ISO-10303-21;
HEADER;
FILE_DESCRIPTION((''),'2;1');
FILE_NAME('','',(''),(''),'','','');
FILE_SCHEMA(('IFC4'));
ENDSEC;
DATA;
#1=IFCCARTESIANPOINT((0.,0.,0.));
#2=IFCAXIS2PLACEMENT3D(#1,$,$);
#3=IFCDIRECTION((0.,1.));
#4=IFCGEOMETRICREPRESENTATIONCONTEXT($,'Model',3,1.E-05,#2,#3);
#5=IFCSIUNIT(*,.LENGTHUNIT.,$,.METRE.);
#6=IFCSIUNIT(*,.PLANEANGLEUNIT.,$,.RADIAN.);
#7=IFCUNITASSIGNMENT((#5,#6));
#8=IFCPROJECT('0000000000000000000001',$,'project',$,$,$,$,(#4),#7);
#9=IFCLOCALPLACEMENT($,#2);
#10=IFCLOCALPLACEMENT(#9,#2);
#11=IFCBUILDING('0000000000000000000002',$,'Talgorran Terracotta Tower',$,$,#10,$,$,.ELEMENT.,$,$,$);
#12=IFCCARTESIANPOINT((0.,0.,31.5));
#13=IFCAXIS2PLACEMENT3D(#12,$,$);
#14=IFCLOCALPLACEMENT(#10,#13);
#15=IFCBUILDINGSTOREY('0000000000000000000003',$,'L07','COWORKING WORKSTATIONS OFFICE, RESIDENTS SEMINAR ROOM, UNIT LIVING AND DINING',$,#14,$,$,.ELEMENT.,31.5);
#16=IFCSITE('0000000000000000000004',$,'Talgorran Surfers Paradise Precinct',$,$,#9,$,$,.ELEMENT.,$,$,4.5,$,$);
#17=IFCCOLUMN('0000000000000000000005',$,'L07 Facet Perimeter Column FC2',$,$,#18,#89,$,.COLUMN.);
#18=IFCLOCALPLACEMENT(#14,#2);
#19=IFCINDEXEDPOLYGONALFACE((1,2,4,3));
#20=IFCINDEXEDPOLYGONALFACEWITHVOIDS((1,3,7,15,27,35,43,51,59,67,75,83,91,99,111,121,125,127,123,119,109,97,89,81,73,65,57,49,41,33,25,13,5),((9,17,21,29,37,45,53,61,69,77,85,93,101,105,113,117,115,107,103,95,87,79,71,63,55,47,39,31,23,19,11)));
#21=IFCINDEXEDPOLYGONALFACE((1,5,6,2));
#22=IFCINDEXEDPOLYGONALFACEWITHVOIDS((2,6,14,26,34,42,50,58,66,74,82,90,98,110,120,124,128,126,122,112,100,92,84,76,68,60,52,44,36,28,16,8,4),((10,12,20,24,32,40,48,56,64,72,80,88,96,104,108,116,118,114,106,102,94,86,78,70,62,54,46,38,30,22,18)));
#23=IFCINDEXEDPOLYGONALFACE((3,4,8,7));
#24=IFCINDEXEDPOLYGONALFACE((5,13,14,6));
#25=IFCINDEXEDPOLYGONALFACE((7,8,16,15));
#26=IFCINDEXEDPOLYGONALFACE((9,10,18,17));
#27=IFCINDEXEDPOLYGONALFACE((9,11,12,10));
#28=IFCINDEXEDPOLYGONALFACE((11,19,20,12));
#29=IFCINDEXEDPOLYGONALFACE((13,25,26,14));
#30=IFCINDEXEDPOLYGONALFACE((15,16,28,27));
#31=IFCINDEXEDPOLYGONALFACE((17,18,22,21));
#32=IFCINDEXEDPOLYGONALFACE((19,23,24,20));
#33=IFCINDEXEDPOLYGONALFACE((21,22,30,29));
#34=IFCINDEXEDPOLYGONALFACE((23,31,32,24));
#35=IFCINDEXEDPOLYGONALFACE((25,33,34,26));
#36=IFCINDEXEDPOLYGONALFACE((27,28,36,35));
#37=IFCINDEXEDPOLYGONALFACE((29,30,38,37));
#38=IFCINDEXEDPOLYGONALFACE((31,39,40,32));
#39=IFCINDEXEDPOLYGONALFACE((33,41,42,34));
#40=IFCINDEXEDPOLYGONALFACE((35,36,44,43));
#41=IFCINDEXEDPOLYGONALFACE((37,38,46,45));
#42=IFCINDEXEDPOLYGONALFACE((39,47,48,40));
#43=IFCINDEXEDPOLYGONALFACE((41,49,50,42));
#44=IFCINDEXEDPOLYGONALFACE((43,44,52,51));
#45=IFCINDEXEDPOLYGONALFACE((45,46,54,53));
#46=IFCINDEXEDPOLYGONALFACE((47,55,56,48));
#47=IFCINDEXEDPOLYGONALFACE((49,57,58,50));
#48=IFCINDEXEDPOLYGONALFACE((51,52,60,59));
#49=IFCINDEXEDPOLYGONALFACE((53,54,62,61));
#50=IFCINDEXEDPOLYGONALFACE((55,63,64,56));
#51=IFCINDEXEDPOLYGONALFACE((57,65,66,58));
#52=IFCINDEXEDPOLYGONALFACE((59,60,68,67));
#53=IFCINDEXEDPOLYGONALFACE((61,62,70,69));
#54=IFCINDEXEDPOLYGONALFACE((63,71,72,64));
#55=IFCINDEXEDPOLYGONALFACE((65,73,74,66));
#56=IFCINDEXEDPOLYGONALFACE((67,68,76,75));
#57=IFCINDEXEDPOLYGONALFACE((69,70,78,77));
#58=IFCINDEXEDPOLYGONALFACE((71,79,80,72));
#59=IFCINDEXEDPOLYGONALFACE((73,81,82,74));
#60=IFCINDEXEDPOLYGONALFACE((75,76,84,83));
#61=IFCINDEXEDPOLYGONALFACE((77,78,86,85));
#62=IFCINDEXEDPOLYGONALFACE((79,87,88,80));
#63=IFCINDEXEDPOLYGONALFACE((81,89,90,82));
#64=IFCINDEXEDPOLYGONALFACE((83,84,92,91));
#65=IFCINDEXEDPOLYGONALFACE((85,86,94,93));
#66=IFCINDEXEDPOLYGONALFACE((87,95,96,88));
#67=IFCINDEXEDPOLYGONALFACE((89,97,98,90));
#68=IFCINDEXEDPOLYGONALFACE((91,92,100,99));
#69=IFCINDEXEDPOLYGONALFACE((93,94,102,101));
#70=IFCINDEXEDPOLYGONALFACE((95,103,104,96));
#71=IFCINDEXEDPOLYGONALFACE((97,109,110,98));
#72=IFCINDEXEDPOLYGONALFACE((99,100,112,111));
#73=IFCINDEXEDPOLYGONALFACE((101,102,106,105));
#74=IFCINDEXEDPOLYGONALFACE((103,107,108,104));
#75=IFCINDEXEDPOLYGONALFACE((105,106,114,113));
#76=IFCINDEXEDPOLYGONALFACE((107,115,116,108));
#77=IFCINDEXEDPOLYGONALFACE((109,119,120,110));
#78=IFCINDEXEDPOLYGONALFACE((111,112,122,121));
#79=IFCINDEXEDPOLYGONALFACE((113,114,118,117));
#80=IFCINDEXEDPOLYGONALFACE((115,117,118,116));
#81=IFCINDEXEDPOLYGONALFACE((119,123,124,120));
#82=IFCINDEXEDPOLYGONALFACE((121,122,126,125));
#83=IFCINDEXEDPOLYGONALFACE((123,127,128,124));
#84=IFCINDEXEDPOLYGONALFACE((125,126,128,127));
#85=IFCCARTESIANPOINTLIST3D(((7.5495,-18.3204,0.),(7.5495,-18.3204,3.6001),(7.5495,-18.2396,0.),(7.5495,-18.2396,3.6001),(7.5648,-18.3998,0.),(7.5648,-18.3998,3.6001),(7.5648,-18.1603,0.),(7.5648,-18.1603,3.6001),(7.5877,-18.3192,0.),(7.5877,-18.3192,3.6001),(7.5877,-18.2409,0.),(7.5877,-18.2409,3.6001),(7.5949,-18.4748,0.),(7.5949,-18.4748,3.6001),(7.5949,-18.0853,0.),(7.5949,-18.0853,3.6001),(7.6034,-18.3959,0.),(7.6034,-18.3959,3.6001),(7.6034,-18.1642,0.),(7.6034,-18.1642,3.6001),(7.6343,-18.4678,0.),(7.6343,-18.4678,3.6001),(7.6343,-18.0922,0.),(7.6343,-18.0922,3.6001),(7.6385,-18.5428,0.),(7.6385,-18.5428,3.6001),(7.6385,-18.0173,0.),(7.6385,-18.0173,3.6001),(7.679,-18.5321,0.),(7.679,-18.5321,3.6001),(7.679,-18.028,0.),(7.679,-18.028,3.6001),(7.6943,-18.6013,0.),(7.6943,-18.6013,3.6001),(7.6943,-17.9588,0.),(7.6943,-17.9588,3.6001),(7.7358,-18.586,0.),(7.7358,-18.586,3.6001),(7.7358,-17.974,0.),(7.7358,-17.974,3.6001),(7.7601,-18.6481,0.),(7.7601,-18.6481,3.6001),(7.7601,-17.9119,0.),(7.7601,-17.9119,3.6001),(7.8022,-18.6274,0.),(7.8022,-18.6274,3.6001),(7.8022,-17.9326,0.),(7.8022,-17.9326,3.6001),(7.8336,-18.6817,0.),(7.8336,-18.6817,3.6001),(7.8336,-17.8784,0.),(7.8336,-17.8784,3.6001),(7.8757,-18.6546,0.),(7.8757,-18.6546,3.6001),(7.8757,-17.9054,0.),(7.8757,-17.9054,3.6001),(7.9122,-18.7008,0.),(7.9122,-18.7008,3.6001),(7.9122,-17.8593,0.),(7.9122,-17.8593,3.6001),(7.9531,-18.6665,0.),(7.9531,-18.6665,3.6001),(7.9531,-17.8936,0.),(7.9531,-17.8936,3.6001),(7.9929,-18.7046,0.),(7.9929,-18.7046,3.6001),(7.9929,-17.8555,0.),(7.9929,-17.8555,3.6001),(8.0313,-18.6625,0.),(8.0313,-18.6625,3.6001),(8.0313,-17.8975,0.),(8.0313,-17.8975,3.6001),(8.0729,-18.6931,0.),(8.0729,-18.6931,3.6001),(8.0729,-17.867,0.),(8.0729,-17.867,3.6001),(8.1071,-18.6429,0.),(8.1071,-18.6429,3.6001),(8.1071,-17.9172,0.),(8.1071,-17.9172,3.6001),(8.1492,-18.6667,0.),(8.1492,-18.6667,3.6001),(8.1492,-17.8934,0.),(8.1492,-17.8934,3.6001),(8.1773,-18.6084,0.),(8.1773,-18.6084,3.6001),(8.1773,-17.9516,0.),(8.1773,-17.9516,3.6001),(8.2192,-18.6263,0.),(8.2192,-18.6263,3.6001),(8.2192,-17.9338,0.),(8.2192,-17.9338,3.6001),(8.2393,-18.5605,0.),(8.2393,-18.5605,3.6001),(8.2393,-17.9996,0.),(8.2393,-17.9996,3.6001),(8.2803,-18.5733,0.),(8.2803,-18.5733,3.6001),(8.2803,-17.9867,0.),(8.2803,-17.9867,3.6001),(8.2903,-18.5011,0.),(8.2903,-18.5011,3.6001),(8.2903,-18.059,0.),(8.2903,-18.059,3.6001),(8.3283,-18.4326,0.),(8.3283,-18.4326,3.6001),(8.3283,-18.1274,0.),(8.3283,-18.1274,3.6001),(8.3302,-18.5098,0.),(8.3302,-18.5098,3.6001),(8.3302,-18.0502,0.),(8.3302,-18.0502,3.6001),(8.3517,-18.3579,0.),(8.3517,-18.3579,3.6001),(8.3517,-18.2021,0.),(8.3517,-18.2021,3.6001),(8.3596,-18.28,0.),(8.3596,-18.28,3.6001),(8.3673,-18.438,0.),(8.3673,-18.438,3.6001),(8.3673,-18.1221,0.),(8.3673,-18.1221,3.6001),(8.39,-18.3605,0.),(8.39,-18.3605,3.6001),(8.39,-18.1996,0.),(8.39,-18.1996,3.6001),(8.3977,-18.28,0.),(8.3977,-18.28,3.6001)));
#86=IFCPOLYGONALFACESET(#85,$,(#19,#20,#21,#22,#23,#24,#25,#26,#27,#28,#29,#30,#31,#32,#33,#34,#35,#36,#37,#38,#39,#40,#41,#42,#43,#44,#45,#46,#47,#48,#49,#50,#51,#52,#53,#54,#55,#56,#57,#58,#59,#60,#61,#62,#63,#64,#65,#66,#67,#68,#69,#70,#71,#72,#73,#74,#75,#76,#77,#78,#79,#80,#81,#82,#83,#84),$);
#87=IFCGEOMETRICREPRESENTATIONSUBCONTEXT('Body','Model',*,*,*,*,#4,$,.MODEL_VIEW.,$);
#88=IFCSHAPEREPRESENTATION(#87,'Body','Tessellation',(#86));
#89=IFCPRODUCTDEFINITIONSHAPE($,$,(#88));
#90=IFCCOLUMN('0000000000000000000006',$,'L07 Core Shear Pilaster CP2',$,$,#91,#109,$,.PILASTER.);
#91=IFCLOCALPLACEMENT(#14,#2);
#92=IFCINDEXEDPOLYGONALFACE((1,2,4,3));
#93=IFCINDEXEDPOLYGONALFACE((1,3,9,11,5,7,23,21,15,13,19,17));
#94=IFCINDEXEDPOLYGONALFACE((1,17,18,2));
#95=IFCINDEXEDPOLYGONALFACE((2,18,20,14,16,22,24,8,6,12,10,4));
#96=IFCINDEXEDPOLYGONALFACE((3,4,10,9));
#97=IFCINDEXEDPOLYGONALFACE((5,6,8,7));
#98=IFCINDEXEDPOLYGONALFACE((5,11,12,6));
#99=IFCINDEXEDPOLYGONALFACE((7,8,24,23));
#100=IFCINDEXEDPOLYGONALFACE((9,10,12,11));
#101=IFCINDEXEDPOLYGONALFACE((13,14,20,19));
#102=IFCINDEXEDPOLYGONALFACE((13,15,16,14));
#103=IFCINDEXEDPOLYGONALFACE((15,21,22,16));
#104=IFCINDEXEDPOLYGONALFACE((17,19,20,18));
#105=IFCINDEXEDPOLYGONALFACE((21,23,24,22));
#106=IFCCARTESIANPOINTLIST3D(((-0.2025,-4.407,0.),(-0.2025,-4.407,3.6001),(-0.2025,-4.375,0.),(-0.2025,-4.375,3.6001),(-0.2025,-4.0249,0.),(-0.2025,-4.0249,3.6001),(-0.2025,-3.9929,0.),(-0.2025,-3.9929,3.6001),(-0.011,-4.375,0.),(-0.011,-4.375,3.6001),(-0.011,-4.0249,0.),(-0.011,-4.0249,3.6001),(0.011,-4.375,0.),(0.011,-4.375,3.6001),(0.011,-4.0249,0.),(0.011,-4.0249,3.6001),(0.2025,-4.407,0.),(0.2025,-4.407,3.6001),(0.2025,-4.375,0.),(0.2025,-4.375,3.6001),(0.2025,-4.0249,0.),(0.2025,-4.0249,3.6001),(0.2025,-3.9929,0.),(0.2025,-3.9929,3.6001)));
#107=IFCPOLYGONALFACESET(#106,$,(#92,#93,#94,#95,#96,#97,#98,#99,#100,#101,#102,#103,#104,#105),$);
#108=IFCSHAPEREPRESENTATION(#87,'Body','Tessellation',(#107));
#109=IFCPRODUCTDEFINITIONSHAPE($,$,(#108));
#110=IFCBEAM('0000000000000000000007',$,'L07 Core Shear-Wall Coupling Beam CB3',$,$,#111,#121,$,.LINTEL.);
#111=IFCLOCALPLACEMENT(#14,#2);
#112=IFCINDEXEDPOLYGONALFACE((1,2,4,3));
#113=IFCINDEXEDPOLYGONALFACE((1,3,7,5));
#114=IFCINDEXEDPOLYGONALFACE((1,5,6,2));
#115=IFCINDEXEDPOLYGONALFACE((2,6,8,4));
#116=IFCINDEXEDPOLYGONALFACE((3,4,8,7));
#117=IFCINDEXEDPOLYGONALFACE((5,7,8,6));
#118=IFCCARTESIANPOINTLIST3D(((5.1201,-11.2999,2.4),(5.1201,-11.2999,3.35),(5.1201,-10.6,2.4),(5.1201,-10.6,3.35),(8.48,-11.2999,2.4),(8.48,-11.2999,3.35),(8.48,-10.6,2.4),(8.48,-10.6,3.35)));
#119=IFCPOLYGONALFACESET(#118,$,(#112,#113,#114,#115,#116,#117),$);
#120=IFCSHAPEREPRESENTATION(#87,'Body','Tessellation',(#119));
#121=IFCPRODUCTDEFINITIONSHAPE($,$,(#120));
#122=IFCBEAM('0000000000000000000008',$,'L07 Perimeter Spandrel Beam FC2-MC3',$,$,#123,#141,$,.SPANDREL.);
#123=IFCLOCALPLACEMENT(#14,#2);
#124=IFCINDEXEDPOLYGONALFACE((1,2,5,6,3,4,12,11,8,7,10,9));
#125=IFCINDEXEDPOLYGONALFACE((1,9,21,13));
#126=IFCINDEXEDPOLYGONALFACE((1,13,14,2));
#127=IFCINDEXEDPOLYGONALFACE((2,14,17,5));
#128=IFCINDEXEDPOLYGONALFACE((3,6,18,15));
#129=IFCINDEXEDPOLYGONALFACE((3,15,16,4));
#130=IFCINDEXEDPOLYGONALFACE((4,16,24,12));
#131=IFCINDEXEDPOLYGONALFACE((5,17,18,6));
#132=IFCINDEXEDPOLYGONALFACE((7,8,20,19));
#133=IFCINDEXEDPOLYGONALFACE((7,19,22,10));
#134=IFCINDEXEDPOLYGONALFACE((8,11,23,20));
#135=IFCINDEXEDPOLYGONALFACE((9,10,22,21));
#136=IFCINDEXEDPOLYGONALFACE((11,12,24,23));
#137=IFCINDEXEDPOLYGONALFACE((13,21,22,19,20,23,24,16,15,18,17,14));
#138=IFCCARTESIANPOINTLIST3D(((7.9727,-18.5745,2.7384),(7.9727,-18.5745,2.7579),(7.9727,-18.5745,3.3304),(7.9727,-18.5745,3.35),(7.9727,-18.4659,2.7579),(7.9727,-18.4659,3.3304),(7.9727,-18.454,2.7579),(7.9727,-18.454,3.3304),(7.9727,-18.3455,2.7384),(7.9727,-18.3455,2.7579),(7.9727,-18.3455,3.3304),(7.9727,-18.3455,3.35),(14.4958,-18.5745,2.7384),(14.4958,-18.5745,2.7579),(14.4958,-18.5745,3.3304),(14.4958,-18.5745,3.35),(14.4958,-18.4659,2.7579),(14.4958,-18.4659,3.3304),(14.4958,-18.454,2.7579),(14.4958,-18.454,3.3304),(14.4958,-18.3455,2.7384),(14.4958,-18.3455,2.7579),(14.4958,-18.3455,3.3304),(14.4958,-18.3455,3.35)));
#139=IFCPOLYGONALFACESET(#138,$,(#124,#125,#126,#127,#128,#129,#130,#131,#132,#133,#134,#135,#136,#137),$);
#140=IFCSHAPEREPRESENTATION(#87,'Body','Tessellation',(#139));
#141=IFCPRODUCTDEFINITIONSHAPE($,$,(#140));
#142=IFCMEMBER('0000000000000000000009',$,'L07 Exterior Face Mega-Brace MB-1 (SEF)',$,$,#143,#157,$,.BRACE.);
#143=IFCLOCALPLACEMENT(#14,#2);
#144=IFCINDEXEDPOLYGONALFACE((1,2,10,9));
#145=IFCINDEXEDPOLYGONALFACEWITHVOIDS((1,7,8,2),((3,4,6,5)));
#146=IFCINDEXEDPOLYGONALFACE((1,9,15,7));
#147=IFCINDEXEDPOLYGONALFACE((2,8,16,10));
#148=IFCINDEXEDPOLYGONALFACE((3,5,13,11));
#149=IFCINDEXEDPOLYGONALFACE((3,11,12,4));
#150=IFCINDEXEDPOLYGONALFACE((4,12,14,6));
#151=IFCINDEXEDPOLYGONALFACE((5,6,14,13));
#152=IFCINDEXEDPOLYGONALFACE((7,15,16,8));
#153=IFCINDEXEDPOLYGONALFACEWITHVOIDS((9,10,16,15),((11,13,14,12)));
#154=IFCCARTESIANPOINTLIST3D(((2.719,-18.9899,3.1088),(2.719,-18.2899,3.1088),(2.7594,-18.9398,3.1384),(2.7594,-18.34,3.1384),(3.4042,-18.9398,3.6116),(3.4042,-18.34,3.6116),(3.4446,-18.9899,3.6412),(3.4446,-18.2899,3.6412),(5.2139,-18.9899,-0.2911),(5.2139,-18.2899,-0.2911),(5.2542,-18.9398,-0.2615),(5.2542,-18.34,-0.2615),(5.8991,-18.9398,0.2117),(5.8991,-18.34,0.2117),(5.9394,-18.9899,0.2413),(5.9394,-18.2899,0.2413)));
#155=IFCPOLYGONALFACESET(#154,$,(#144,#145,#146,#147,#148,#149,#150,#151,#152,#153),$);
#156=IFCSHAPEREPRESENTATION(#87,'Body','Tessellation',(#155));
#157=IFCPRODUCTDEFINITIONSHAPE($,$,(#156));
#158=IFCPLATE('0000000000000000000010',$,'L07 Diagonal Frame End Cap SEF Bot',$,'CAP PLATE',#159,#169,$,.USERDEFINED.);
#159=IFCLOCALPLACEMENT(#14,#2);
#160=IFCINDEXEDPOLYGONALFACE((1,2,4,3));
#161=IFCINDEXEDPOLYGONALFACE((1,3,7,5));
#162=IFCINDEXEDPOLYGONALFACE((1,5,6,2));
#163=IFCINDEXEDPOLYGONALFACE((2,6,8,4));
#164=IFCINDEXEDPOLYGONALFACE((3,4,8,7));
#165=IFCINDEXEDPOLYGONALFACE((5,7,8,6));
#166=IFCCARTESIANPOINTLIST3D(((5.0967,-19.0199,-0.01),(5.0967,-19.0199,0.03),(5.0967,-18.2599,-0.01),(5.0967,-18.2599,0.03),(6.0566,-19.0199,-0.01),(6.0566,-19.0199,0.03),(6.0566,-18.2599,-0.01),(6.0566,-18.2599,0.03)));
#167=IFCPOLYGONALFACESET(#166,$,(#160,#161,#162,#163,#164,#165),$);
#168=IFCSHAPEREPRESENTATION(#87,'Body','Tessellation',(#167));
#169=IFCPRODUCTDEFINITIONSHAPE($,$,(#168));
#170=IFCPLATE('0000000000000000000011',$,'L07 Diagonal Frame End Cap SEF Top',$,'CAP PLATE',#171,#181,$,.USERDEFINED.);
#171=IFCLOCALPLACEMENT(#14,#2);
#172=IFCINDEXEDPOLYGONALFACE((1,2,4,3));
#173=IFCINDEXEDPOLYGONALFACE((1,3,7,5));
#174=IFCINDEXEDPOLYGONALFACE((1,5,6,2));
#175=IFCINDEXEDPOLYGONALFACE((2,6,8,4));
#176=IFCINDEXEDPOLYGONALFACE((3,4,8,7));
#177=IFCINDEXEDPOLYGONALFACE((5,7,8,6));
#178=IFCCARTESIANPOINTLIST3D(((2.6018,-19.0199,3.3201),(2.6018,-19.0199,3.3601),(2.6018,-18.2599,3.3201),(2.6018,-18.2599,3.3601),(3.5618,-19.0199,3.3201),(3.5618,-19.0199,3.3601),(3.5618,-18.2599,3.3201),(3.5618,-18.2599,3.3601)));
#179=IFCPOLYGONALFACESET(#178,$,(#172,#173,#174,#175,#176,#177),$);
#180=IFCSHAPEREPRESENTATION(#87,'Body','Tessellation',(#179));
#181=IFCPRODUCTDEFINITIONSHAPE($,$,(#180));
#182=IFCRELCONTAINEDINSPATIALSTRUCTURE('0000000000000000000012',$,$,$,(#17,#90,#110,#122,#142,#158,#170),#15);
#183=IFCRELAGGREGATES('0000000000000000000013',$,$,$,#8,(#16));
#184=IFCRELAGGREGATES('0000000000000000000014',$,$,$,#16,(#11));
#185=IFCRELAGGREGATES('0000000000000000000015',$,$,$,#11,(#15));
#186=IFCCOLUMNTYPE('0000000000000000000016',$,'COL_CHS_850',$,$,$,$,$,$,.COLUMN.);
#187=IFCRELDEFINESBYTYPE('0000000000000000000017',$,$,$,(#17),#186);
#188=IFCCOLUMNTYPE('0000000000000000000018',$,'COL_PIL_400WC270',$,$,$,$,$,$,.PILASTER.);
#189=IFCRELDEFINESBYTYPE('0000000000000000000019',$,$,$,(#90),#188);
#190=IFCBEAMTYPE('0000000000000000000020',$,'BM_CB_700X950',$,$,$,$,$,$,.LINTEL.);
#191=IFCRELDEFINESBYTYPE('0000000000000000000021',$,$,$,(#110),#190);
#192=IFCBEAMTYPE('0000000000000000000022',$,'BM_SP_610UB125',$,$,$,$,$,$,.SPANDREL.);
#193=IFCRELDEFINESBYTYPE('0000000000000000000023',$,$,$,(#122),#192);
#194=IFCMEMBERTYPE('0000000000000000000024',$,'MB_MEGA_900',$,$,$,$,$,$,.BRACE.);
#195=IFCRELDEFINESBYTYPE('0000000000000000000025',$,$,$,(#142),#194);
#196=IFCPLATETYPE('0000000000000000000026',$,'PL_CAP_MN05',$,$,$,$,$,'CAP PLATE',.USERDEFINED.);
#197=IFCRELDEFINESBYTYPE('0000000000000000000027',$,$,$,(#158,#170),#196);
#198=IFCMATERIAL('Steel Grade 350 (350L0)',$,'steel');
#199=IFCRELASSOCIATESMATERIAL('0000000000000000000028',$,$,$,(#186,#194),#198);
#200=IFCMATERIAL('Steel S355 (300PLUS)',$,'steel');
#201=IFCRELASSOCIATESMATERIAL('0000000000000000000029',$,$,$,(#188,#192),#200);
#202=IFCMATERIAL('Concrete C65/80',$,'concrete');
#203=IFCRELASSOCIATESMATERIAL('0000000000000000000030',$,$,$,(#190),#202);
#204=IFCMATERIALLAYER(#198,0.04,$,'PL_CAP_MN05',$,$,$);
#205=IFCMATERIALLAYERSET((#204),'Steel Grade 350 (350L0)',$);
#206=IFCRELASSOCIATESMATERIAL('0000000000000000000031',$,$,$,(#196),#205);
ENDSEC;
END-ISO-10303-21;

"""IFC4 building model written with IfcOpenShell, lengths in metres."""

from ifc_helpers import new_model, si_unit, direction, frame, origin, origin_2d, place, context, subcontext, project, spatial, rectangle, hollow_rectangle, hollow_circle, i_section, extrude, material, layer, layer_set, material_profile, profile_set, type_object, element, save


model = new_model("IFC4")

# Units and contexts
model_context = context("Model", 3, precision=1e-05, world=origin(), true_north=direction((0.0, 1.0)))
body_context = subcontext(model_context, "Body", "Model", "MODEL_VIEW")
ifc_project = project(units=[si_unit("LENGTHUNIT", "METRE"), si_unit("PLANEANGLEUNIT", "RADIAN")], contexts=[model_context])

# Site, building, storey
site_placement = place(None, origin())
site = spatial("IfcSite", under=ifc_project, at=site_placement, Name="Talgorran Surfers Paradise Precinct", CompositionType="ELEMENT", RefElevation=4.5)
building_placement = place(site_placement, origin())
building = spatial("IfcBuilding", under=site, at=building_placement, Name="Talgorran Terracotta Tower", CompositionType="ELEMENT")
storey_placement = place(building_placement, frame((0.0, 0.0, 31.5)))
storey = spatial("IfcBuildingStorey", under=building, at=storey_placement, Name="L07", Description="COWORKING WORKSTATIONS OFFICE, RESIDENTS SEMINAR ROOM, UNIT LIVING AND DINING", CompositionType="ELEMENT", Elevation=31.5)

# Columns
ifc_material_1 = material(Name="Steel Grade 350 (350L0)", Category="steel")
ifc_material_profile_1 = material_profile(ifc_material_1, hollow_circle(Radius=0.425, WallThickness=0.0381, at=origin_2d()), Name="CHS850X38")
ifc_profile_set_1 = profile_set([ifc_material_profile_1], Name="Steel Grade 350 (350L0)")
column_type_1 = type_object("IfcColumnType", Name="COL_CHS_850", PredefinedType="COLUMN", material=ifc_profile_set_1)
column_1_placement = place(storey_placement, frame((7.9727, -18.28, 0.0), z_axis=(0.0, 0.0, 1.0), x_axis=(1.0, 0.0, 0.0)))
element("IfcColumn", 1, at=column_1_placement, inside=storey, type_object=column_type_1, Name="L07 Facet Perimeter Column FC2", PredefinedType="COLUMN", context=body_context, shape_type="SweptSolid", body=[
    extrude(hollow_circle(Radius=0.425, WallThickness=0.0381, at=origin_2d()), origin(), (0.0, 0.0, 1.0), 3.6001),
])
ifc_material_2 = material(Name="Steel S355 (300PLUS)", Category="steel")
ifc_material_profile_2 = material_profile(ifc_material_2, i_section(OverallWidth=0.405, OverallDepth=0.4141, WebThickness=0.022, FlangeThickness=0.032, at=origin_2d()), Name="400WC270")
ifc_profile_set_2 = profile_set([ifc_material_profile_2], Name="Steel S355 (300PLUS)")
column_type_2 = type_object("IfcColumnType", Name="COL_PIL_400WC270", PredefinedType="PILASTER", material=ifc_profile_set_2)
column_2_placement = place(storey_placement, frame((0.0, -4.2, 0.0), z_axis=(0.0, 0.0, 1.0), x_axis=(1.0, 0.0, 0.0)))
element("IfcColumn", 2, at=column_2_placement, inside=storey, type_object=column_type_2, Name="L07 Core Shear Pilaster CP2", PredefinedType="PILASTER", context=body_context, shape_type="SweptSolid", body=[
    extrude(i_section(OverallWidth=0.405, OverallDepth=0.4141, WebThickness=0.022, FlangeThickness=0.032, at=origin_2d()), origin(), (0.0, 0.0, 1.0), 3.6001),
])

# Beams
ifc_material_3 = material(Name="Concrete C65/80", Category="concrete")
ifc_material_profile_3 = material_profile(ifc_material_3, rectangle(XDim=0.7, YDim=0.95, at=origin_2d()), Name="RCCB700X950")
ifc_profile_set_3 = profile_set([ifc_material_profile_3], Name="Concrete C65/80")
beam_type_1 = type_object("IfcBeamType", Name="BM_CB_700X950", PredefinedType="LINTEL", material=ifc_profile_set_3)
beam_1_placement = place(storey_placement, frame((5.1201, -10.95, 2.875), z_axis=(1.0, 0.0, 0.0), x_axis=(0.0, 1.0, 0.0)))
element("IfcBeam", 3, at=beam_1_placement, inside=storey, type_object=beam_type_1, Name="L07 Core Shear-Wall Coupling Beam CB3", PredefinedType="LINTEL", context=body_context, shape_type="SweptSolid", body=[
    extrude(rectangle(XDim=0.7, YDim=0.95, at=origin_2d()), origin(), (0.0, 0.0, 1.0), 3.3599),
])
ifc_material_profile_4 = material_profile(ifc_material_2, i_section(OverallWidth=0.229, OverallDepth=0.6116, WebThickness=0.012, FlangeThickness=0.0195, at=origin_2d()), Name="610UB125")
ifc_profile_set_4 = profile_set([ifc_material_profile_4], Name="Steel S355 (300PLUS)")
beam_type_2 = type_object("IfcBeamType", Name="BM_SP_610UB125", PredefinedType="SPANDREL", material=ifc_profile_set_4)
beam_2_placement = place(storey_placement, frame((7.9727, -18.46, 3.0442), z_axis=(1.0, 0.0, 0.0), x_axis=(0.0, 1.0, 0.0)))
element("IfcBeam", 4, at=beam_2_placement, inside=storey, type_object=beam_type_2, Name="L07 Perimeter Spandrel Beam FC2-MC3", PredefinedType="SPANDREL", context=body_context, shape_type="SweptSolid", body=[
    extrude(i_section(OverallWidth=0.229, OverallDepth=0.6116, WebThickness=0.012, FlangeThickness=0.0195, at=origin_2d()), origin(), (0.0, 0.0, 1.0), 6.5232),
])

# Member
ifc_material_profile_5 = material_profile(ifc_material_1, hollow_rectangle(XDim=0.7, YDim=0.8999, WallThickness=0.05, at=origin_2d()), Name="WBOX900X700X50")
ifc_profile_set_5 = profile_set([ifc_material_profile_5], Name="Steel Grade 350 (350L0)")
member_type = type_object("IfcMemberType", Name="MB_MEGA_900", PredefinedType="BRACE", material=ifc_profile_set_5)
member_placement = place(storey_placement, frame((5.5767, -18.6399, -0.0249), z_axis=(-0.591612, 0.0, 0.806223), x_axis=(0.0, -1.0, 0.0)))
element("IfcMember", 5, at=member_placement, inside=storey, type_object=member_type, Name="L07 Exterior Face Mega-Brace MB-1 (SEF)", PredefinedType="BRACE", context=body_context, shape_type="SweptSolid", body=[
    extrude(hollow_rectangle(XDim=0.7, YDim=0.8999, WallThickness=0.05, at=origin_2d()), origin(), (0.0, 0.0, 1.0), 4.217),
])

# Plates
ifc_layer_1 = layer(ifc_material_1, 0.04, Name="PL_CAP_MN05")
ifc_layer_set_1 = layer_set([ifc_layer_1], Name="Steel Grade 350 (350L0)")
plate_type = type_object("IfcPlateType", Name="PL_CAP_MN05", ElementType="CAP PLATE", PredefinedType="USERDEFINED", material=ifc_layer_set_1)
for number, where, z_axis, x_axis, name in (
    (6, (5.5767, -18.6399, -0.01), (0.0, 0.0, 1.0), (-1.0, 0.0, 0.0), "L07 Diagonal Frame End Cap SEF Bot"),
    (7, (3.0818, -18.6399, 3.3201), (0.0, 0.0, 1.0), (-1.0, 0.0, 0.0), "L07 Diagonal Frame End Cap SEF Top"),
):
    element("IfcPlate", number, at=place(storey_placement, frame(where, z_axis=z_axis, x_axis=x_axis)), inside=storey, type_object=plate_type, Name=name, ObjectType="CAP PLATE", PredefinedType="USERDEFINED", context=body_context, shape_type="SweptSolid", body=[
        extrude(rectangle(XDim=0.96, YDim=0.76, at=origin_2d()), origin(), (0.0, 0.0, 1.0), 0.04),
    ])

save(model, "model.ifc")
